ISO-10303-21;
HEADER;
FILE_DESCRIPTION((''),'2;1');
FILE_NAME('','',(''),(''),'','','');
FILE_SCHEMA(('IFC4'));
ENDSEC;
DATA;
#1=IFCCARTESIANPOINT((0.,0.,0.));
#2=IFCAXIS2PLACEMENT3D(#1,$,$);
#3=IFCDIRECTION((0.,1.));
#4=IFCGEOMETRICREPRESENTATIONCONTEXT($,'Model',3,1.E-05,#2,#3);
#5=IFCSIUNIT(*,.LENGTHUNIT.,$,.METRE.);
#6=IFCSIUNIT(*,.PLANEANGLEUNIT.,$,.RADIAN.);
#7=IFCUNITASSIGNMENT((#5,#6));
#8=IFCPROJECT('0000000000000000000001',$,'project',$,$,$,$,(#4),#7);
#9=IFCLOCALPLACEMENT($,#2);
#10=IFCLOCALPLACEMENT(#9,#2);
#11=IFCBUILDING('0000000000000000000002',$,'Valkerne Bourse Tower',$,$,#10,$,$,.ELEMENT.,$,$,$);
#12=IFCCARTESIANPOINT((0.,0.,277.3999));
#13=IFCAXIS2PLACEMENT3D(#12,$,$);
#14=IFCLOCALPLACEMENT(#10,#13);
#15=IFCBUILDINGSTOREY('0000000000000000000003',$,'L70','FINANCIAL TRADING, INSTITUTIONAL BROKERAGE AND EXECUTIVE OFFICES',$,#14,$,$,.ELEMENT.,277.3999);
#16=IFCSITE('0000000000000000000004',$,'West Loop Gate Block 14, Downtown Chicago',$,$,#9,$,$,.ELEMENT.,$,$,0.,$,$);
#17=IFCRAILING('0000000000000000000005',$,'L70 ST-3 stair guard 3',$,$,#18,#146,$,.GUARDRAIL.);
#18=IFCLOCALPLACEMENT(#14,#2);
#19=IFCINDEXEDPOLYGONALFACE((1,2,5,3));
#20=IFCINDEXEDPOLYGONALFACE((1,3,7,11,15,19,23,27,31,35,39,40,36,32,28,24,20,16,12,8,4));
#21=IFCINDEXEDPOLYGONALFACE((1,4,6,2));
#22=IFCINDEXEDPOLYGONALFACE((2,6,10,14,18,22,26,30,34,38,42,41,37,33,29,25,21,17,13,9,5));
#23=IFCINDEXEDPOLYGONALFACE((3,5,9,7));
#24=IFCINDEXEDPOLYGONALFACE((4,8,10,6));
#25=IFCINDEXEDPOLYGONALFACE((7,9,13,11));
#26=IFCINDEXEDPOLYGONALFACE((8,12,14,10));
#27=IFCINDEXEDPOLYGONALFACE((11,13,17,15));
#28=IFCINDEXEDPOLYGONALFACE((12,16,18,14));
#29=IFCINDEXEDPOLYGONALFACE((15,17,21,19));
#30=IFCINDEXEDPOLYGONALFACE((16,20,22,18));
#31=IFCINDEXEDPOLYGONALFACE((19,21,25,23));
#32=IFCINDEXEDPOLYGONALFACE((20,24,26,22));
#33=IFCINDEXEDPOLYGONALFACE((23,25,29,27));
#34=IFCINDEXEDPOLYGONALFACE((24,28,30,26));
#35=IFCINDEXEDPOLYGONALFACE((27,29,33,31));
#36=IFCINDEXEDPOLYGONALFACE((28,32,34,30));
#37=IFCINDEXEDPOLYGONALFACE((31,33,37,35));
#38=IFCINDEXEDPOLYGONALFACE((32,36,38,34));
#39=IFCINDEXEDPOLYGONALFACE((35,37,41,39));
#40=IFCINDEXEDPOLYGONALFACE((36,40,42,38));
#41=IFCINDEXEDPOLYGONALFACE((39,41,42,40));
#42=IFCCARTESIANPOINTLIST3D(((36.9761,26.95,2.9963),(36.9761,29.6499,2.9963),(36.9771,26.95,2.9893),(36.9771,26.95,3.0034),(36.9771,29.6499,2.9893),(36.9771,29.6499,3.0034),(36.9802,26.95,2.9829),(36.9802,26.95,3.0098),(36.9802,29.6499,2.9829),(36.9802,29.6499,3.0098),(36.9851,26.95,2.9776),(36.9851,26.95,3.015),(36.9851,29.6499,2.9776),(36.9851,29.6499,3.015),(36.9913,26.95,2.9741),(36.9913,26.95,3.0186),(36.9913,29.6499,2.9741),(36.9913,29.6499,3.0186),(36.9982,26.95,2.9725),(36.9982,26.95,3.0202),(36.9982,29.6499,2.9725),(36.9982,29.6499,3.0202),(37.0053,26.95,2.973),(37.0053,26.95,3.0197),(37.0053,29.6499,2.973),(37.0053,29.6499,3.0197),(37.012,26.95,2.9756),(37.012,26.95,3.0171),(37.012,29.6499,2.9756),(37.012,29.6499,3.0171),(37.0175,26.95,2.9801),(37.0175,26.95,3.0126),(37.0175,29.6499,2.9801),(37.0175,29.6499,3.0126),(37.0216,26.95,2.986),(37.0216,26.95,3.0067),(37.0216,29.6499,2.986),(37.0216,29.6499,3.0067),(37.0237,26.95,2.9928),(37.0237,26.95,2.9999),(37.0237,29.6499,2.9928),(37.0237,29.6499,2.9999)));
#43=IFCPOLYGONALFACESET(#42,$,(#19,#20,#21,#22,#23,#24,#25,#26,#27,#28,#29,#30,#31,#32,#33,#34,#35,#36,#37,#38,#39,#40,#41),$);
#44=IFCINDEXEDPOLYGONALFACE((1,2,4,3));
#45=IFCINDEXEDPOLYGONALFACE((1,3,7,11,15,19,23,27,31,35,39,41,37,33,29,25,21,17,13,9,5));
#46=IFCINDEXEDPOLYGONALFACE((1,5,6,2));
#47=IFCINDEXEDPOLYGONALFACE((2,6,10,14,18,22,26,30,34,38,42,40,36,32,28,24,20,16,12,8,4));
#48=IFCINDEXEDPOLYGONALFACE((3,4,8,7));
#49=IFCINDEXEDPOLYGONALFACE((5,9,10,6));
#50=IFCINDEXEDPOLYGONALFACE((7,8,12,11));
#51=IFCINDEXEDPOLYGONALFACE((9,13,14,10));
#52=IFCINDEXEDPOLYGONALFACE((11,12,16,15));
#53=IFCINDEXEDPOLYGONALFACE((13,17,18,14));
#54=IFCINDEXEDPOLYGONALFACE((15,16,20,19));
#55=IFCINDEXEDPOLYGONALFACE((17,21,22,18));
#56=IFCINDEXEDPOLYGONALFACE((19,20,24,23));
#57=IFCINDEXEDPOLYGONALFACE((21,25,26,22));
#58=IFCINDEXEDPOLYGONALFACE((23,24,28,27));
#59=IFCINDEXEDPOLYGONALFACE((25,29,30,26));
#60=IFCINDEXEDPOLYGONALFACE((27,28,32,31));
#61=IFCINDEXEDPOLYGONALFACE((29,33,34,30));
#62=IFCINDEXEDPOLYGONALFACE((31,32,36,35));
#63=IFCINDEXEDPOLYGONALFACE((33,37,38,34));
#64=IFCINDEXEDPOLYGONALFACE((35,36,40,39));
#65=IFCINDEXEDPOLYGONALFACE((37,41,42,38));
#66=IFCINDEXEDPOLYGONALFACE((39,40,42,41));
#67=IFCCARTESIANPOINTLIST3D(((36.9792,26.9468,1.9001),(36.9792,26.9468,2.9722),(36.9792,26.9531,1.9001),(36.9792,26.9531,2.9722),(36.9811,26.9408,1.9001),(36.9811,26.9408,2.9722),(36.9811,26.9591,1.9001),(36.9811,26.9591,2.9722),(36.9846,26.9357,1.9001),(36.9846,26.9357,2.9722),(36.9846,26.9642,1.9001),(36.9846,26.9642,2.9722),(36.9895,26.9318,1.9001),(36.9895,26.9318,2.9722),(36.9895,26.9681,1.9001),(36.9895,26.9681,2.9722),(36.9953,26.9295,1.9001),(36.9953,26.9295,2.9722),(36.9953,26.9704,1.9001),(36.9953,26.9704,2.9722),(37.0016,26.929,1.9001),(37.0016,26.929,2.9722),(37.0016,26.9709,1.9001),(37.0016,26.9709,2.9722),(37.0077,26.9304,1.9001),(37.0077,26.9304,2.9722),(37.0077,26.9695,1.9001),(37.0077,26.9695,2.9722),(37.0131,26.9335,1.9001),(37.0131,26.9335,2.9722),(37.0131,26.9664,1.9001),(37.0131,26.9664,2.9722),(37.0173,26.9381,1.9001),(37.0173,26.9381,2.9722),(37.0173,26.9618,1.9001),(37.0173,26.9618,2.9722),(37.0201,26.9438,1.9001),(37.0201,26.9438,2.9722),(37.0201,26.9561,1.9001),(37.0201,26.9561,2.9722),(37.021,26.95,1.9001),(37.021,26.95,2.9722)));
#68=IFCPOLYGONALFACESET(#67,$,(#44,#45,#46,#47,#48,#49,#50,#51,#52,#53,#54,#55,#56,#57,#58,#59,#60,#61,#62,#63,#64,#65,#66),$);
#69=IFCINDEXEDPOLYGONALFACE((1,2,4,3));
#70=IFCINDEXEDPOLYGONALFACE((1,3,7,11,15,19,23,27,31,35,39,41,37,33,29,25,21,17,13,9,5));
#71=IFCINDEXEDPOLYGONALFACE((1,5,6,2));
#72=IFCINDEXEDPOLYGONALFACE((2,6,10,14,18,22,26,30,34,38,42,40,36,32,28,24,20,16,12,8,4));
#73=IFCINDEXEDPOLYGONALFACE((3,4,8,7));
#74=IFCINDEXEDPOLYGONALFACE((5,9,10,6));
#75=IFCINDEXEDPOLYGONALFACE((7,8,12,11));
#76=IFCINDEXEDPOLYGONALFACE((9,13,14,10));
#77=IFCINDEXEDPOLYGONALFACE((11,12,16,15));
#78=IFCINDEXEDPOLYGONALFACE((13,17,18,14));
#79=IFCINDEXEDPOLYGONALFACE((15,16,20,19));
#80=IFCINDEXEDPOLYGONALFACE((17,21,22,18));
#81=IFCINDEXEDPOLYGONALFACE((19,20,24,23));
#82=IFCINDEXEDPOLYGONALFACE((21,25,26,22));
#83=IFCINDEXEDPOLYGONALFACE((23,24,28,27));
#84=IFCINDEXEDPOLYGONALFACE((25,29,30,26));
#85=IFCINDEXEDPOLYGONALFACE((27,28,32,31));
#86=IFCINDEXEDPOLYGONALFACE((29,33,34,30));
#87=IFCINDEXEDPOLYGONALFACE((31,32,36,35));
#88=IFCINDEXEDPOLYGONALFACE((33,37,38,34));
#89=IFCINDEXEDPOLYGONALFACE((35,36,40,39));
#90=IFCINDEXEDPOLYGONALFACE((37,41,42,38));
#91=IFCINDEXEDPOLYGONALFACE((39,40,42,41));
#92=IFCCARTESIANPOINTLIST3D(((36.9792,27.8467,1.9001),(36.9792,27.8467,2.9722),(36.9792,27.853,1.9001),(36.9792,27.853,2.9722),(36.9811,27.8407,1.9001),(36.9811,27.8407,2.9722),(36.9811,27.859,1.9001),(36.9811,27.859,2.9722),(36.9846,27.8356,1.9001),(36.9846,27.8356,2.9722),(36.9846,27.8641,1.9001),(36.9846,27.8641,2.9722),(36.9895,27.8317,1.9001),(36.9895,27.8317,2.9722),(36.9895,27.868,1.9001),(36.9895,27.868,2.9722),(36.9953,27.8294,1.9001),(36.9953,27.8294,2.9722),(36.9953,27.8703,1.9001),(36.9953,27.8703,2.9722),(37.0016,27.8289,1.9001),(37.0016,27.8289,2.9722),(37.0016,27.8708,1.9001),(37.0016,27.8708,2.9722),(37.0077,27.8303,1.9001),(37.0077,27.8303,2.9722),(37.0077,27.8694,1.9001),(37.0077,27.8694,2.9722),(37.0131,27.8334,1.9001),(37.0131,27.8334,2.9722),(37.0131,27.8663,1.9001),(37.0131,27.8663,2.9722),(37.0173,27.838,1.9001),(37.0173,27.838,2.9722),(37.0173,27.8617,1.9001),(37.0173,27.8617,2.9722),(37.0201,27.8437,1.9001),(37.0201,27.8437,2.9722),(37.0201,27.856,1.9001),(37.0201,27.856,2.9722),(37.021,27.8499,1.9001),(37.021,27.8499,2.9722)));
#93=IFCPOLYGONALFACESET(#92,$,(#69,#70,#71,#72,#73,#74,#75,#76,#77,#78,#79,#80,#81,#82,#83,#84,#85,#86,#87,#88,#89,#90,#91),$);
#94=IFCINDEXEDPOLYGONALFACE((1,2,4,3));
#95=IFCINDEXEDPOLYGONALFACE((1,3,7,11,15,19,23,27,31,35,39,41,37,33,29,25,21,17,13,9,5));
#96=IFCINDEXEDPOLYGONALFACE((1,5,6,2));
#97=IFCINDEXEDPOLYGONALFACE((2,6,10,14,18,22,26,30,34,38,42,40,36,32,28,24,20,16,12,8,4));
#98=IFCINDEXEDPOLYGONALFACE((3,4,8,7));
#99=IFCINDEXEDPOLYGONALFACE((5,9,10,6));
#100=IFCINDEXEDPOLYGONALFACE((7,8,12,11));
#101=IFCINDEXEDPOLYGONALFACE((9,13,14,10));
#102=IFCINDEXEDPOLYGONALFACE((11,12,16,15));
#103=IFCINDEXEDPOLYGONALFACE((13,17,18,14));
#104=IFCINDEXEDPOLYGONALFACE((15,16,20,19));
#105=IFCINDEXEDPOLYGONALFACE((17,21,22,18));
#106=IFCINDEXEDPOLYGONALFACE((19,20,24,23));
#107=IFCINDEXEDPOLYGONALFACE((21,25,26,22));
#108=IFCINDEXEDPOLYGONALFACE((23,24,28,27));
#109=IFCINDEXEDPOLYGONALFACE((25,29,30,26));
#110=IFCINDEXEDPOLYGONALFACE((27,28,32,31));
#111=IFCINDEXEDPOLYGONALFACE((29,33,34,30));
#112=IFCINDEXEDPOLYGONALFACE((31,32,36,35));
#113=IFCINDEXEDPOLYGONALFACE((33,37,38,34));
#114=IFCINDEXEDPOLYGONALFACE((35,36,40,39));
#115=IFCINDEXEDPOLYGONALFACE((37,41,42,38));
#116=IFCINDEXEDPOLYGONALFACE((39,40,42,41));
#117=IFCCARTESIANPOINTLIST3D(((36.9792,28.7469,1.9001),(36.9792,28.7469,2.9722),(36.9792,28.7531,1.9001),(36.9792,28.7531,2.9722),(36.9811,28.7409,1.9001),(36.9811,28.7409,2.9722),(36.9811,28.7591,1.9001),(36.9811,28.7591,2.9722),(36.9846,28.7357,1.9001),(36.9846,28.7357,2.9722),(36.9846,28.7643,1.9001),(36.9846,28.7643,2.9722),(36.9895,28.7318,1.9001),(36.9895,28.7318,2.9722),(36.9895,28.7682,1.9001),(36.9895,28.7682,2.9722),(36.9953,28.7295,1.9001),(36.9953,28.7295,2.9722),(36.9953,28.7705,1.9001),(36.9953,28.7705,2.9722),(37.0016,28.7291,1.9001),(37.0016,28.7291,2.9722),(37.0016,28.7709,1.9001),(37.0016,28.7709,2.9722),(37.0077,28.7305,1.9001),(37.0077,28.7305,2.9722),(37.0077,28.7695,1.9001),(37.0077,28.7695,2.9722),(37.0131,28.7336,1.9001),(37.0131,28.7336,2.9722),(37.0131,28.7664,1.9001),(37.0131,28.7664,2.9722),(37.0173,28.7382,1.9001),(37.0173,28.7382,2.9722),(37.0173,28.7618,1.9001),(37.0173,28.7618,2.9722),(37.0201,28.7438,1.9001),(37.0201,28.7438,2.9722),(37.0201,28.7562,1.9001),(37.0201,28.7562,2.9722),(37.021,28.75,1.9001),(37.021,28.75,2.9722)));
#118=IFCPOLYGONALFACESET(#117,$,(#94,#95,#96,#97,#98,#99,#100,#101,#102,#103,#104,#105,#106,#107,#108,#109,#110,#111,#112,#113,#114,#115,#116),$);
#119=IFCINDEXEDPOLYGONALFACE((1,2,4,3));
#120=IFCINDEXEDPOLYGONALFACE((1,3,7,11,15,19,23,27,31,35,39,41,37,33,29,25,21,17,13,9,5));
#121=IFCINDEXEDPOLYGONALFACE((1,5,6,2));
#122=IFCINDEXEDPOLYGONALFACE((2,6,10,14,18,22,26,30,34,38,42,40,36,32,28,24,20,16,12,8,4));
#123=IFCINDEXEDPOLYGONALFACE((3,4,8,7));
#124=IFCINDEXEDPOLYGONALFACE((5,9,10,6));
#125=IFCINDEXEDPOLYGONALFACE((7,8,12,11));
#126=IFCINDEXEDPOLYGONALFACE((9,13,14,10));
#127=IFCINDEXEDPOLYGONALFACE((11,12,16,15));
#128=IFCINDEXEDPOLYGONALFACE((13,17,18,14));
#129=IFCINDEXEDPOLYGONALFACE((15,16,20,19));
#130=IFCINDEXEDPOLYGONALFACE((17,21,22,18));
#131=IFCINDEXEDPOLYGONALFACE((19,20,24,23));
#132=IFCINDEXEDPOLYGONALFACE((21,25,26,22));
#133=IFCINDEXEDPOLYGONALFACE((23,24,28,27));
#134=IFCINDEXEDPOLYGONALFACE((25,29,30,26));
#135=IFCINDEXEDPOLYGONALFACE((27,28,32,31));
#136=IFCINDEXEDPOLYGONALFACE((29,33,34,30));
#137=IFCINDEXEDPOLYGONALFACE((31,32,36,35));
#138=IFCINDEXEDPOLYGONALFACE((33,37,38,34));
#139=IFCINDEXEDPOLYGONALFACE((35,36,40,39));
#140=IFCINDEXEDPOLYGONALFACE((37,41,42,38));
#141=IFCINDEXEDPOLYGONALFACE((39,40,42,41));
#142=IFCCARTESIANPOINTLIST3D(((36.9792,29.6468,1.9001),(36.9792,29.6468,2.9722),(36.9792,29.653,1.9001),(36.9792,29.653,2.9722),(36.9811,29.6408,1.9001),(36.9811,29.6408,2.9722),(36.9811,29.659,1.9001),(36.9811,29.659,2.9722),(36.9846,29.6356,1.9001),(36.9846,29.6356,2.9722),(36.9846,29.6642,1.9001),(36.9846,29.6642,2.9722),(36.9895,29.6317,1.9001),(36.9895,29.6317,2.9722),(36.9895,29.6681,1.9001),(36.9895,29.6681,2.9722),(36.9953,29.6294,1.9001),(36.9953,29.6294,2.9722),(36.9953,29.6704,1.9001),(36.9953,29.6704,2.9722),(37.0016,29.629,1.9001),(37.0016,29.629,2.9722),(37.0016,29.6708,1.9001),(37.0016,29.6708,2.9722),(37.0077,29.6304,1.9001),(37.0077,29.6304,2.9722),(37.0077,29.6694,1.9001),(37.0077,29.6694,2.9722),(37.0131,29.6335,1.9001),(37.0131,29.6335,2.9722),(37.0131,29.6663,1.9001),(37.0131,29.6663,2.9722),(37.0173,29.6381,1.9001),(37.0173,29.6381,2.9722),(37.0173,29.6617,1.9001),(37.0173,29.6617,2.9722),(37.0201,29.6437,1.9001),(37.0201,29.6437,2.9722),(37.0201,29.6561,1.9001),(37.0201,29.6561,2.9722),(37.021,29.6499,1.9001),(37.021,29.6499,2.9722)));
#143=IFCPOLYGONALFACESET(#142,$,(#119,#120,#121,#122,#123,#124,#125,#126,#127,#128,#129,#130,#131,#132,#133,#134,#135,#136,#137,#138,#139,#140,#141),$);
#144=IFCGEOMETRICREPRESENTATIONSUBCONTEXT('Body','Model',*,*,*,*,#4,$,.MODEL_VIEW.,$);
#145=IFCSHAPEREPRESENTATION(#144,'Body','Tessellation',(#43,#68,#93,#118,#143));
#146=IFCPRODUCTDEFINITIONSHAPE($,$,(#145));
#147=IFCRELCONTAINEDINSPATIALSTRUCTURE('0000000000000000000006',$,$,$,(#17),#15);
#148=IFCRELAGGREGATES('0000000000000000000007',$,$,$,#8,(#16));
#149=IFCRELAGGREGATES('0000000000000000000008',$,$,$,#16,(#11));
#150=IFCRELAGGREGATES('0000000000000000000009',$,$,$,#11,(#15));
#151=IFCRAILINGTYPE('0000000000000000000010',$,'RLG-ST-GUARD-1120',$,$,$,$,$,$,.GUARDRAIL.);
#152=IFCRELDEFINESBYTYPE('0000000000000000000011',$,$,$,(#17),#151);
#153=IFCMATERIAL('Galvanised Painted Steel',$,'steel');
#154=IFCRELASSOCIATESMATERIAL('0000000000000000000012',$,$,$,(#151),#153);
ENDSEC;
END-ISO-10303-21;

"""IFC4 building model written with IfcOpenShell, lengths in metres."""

from ifc_helpers import new_model, si_unit, direction, frame, origin, origin_2d, place, context, subcontext, project, spatial, circle, extrude, material, type_object, element, save


model = new_model("IFC4")

# Units and contexts
model_context = context("Model", 3, precision=1e-05, world=origin(), true_north=direction((0.0, 1.0)))
body_context = subcontext(model_context, "Body", "Model", "MODEL_VIEW")
ifc_project = project(units=[si_unit("LENGTHUNIT", "METRE"), si_unit("PLANEANGLEUNIT", "RADIAN")], contexts=[model_context])

# Site, building, storey
site_placement = place(None, origin())
site = spatial("IfcSite", under=ifc_project, at=site_placement, Name="West Loop Gate Block 14, Downtown Chicago", CompositionType="ELEMENT", RefElevation=0.0)
building_placement = place(site_placement, origin())
building = spatial("IfcBuilding", under=site, at=building_placement, Name="Valkerne Bourse Tower", CompositionType="ELEMENT")
storey_placement = place(building_placement, frame((0.0, 0.0, 277.3999)))
storey = spatial("IfcBuildingStorey", under=building, at=storey_placement, Name="L70", Description="FINANCIAL TRADING, INSTITUTIONAL BROKERAGE AND EXECUTIVE OFFICES", CompositionType="ELEMENT", Elevation=277.3999)

# Railing
ifc_material_1 = material(Name="Galvanised Painted Steel", Category="steel")
railing_type_1 = type_object("IfcRailingType", Name="RLG-ST-GUARD-1120", PredefinedType="GUARDRAIL", material=ifc_material_1)
railing_1_placement = place(storey_placement, frame((37.0, 26.95, 1.9001)))
element("IfcRailing", 1, at=railing_1_placement, inside=storey, type_object=railing_type_1, Name="L70 ST-3 stair guard 3", PredefinedType="GUARDRAIL", context=body_context, shape_type="SweptSolid", body=[
    extrude(circle(Radius=0.0239, at=origin_2d()), frame((0.0, 0.0, 1.0962), z_axis=(0.0, 1.0, 0.0), x_axis=(-1.0, 0.0, 0.0)), (0.0, 0.0, 1.0), 2.7),
    extrude(circle(Radius=0.021, at=origin_2d()), origin(), (0.0, 0.0, 1.0), 1.072),
    extrude(circle(Radius=0.021, at=origin_2d()), frame((0.0, 0.8999, 0.0)), (0.0, 0.0, 1.0), 1.072),
    extrude(circle(Radius=0.021, at=origin_2d()), frame((0.0, 1.8, 0.0)), (0.0, 0.0, 1.0), 1.072),
    extrude(circle(Radius=0.021, at=origin_2d()), frame((0.0, 2.7, 0.0)), (0.0, 0.0, 1.0), 1.072),
])

save(model, "model.ifc")
